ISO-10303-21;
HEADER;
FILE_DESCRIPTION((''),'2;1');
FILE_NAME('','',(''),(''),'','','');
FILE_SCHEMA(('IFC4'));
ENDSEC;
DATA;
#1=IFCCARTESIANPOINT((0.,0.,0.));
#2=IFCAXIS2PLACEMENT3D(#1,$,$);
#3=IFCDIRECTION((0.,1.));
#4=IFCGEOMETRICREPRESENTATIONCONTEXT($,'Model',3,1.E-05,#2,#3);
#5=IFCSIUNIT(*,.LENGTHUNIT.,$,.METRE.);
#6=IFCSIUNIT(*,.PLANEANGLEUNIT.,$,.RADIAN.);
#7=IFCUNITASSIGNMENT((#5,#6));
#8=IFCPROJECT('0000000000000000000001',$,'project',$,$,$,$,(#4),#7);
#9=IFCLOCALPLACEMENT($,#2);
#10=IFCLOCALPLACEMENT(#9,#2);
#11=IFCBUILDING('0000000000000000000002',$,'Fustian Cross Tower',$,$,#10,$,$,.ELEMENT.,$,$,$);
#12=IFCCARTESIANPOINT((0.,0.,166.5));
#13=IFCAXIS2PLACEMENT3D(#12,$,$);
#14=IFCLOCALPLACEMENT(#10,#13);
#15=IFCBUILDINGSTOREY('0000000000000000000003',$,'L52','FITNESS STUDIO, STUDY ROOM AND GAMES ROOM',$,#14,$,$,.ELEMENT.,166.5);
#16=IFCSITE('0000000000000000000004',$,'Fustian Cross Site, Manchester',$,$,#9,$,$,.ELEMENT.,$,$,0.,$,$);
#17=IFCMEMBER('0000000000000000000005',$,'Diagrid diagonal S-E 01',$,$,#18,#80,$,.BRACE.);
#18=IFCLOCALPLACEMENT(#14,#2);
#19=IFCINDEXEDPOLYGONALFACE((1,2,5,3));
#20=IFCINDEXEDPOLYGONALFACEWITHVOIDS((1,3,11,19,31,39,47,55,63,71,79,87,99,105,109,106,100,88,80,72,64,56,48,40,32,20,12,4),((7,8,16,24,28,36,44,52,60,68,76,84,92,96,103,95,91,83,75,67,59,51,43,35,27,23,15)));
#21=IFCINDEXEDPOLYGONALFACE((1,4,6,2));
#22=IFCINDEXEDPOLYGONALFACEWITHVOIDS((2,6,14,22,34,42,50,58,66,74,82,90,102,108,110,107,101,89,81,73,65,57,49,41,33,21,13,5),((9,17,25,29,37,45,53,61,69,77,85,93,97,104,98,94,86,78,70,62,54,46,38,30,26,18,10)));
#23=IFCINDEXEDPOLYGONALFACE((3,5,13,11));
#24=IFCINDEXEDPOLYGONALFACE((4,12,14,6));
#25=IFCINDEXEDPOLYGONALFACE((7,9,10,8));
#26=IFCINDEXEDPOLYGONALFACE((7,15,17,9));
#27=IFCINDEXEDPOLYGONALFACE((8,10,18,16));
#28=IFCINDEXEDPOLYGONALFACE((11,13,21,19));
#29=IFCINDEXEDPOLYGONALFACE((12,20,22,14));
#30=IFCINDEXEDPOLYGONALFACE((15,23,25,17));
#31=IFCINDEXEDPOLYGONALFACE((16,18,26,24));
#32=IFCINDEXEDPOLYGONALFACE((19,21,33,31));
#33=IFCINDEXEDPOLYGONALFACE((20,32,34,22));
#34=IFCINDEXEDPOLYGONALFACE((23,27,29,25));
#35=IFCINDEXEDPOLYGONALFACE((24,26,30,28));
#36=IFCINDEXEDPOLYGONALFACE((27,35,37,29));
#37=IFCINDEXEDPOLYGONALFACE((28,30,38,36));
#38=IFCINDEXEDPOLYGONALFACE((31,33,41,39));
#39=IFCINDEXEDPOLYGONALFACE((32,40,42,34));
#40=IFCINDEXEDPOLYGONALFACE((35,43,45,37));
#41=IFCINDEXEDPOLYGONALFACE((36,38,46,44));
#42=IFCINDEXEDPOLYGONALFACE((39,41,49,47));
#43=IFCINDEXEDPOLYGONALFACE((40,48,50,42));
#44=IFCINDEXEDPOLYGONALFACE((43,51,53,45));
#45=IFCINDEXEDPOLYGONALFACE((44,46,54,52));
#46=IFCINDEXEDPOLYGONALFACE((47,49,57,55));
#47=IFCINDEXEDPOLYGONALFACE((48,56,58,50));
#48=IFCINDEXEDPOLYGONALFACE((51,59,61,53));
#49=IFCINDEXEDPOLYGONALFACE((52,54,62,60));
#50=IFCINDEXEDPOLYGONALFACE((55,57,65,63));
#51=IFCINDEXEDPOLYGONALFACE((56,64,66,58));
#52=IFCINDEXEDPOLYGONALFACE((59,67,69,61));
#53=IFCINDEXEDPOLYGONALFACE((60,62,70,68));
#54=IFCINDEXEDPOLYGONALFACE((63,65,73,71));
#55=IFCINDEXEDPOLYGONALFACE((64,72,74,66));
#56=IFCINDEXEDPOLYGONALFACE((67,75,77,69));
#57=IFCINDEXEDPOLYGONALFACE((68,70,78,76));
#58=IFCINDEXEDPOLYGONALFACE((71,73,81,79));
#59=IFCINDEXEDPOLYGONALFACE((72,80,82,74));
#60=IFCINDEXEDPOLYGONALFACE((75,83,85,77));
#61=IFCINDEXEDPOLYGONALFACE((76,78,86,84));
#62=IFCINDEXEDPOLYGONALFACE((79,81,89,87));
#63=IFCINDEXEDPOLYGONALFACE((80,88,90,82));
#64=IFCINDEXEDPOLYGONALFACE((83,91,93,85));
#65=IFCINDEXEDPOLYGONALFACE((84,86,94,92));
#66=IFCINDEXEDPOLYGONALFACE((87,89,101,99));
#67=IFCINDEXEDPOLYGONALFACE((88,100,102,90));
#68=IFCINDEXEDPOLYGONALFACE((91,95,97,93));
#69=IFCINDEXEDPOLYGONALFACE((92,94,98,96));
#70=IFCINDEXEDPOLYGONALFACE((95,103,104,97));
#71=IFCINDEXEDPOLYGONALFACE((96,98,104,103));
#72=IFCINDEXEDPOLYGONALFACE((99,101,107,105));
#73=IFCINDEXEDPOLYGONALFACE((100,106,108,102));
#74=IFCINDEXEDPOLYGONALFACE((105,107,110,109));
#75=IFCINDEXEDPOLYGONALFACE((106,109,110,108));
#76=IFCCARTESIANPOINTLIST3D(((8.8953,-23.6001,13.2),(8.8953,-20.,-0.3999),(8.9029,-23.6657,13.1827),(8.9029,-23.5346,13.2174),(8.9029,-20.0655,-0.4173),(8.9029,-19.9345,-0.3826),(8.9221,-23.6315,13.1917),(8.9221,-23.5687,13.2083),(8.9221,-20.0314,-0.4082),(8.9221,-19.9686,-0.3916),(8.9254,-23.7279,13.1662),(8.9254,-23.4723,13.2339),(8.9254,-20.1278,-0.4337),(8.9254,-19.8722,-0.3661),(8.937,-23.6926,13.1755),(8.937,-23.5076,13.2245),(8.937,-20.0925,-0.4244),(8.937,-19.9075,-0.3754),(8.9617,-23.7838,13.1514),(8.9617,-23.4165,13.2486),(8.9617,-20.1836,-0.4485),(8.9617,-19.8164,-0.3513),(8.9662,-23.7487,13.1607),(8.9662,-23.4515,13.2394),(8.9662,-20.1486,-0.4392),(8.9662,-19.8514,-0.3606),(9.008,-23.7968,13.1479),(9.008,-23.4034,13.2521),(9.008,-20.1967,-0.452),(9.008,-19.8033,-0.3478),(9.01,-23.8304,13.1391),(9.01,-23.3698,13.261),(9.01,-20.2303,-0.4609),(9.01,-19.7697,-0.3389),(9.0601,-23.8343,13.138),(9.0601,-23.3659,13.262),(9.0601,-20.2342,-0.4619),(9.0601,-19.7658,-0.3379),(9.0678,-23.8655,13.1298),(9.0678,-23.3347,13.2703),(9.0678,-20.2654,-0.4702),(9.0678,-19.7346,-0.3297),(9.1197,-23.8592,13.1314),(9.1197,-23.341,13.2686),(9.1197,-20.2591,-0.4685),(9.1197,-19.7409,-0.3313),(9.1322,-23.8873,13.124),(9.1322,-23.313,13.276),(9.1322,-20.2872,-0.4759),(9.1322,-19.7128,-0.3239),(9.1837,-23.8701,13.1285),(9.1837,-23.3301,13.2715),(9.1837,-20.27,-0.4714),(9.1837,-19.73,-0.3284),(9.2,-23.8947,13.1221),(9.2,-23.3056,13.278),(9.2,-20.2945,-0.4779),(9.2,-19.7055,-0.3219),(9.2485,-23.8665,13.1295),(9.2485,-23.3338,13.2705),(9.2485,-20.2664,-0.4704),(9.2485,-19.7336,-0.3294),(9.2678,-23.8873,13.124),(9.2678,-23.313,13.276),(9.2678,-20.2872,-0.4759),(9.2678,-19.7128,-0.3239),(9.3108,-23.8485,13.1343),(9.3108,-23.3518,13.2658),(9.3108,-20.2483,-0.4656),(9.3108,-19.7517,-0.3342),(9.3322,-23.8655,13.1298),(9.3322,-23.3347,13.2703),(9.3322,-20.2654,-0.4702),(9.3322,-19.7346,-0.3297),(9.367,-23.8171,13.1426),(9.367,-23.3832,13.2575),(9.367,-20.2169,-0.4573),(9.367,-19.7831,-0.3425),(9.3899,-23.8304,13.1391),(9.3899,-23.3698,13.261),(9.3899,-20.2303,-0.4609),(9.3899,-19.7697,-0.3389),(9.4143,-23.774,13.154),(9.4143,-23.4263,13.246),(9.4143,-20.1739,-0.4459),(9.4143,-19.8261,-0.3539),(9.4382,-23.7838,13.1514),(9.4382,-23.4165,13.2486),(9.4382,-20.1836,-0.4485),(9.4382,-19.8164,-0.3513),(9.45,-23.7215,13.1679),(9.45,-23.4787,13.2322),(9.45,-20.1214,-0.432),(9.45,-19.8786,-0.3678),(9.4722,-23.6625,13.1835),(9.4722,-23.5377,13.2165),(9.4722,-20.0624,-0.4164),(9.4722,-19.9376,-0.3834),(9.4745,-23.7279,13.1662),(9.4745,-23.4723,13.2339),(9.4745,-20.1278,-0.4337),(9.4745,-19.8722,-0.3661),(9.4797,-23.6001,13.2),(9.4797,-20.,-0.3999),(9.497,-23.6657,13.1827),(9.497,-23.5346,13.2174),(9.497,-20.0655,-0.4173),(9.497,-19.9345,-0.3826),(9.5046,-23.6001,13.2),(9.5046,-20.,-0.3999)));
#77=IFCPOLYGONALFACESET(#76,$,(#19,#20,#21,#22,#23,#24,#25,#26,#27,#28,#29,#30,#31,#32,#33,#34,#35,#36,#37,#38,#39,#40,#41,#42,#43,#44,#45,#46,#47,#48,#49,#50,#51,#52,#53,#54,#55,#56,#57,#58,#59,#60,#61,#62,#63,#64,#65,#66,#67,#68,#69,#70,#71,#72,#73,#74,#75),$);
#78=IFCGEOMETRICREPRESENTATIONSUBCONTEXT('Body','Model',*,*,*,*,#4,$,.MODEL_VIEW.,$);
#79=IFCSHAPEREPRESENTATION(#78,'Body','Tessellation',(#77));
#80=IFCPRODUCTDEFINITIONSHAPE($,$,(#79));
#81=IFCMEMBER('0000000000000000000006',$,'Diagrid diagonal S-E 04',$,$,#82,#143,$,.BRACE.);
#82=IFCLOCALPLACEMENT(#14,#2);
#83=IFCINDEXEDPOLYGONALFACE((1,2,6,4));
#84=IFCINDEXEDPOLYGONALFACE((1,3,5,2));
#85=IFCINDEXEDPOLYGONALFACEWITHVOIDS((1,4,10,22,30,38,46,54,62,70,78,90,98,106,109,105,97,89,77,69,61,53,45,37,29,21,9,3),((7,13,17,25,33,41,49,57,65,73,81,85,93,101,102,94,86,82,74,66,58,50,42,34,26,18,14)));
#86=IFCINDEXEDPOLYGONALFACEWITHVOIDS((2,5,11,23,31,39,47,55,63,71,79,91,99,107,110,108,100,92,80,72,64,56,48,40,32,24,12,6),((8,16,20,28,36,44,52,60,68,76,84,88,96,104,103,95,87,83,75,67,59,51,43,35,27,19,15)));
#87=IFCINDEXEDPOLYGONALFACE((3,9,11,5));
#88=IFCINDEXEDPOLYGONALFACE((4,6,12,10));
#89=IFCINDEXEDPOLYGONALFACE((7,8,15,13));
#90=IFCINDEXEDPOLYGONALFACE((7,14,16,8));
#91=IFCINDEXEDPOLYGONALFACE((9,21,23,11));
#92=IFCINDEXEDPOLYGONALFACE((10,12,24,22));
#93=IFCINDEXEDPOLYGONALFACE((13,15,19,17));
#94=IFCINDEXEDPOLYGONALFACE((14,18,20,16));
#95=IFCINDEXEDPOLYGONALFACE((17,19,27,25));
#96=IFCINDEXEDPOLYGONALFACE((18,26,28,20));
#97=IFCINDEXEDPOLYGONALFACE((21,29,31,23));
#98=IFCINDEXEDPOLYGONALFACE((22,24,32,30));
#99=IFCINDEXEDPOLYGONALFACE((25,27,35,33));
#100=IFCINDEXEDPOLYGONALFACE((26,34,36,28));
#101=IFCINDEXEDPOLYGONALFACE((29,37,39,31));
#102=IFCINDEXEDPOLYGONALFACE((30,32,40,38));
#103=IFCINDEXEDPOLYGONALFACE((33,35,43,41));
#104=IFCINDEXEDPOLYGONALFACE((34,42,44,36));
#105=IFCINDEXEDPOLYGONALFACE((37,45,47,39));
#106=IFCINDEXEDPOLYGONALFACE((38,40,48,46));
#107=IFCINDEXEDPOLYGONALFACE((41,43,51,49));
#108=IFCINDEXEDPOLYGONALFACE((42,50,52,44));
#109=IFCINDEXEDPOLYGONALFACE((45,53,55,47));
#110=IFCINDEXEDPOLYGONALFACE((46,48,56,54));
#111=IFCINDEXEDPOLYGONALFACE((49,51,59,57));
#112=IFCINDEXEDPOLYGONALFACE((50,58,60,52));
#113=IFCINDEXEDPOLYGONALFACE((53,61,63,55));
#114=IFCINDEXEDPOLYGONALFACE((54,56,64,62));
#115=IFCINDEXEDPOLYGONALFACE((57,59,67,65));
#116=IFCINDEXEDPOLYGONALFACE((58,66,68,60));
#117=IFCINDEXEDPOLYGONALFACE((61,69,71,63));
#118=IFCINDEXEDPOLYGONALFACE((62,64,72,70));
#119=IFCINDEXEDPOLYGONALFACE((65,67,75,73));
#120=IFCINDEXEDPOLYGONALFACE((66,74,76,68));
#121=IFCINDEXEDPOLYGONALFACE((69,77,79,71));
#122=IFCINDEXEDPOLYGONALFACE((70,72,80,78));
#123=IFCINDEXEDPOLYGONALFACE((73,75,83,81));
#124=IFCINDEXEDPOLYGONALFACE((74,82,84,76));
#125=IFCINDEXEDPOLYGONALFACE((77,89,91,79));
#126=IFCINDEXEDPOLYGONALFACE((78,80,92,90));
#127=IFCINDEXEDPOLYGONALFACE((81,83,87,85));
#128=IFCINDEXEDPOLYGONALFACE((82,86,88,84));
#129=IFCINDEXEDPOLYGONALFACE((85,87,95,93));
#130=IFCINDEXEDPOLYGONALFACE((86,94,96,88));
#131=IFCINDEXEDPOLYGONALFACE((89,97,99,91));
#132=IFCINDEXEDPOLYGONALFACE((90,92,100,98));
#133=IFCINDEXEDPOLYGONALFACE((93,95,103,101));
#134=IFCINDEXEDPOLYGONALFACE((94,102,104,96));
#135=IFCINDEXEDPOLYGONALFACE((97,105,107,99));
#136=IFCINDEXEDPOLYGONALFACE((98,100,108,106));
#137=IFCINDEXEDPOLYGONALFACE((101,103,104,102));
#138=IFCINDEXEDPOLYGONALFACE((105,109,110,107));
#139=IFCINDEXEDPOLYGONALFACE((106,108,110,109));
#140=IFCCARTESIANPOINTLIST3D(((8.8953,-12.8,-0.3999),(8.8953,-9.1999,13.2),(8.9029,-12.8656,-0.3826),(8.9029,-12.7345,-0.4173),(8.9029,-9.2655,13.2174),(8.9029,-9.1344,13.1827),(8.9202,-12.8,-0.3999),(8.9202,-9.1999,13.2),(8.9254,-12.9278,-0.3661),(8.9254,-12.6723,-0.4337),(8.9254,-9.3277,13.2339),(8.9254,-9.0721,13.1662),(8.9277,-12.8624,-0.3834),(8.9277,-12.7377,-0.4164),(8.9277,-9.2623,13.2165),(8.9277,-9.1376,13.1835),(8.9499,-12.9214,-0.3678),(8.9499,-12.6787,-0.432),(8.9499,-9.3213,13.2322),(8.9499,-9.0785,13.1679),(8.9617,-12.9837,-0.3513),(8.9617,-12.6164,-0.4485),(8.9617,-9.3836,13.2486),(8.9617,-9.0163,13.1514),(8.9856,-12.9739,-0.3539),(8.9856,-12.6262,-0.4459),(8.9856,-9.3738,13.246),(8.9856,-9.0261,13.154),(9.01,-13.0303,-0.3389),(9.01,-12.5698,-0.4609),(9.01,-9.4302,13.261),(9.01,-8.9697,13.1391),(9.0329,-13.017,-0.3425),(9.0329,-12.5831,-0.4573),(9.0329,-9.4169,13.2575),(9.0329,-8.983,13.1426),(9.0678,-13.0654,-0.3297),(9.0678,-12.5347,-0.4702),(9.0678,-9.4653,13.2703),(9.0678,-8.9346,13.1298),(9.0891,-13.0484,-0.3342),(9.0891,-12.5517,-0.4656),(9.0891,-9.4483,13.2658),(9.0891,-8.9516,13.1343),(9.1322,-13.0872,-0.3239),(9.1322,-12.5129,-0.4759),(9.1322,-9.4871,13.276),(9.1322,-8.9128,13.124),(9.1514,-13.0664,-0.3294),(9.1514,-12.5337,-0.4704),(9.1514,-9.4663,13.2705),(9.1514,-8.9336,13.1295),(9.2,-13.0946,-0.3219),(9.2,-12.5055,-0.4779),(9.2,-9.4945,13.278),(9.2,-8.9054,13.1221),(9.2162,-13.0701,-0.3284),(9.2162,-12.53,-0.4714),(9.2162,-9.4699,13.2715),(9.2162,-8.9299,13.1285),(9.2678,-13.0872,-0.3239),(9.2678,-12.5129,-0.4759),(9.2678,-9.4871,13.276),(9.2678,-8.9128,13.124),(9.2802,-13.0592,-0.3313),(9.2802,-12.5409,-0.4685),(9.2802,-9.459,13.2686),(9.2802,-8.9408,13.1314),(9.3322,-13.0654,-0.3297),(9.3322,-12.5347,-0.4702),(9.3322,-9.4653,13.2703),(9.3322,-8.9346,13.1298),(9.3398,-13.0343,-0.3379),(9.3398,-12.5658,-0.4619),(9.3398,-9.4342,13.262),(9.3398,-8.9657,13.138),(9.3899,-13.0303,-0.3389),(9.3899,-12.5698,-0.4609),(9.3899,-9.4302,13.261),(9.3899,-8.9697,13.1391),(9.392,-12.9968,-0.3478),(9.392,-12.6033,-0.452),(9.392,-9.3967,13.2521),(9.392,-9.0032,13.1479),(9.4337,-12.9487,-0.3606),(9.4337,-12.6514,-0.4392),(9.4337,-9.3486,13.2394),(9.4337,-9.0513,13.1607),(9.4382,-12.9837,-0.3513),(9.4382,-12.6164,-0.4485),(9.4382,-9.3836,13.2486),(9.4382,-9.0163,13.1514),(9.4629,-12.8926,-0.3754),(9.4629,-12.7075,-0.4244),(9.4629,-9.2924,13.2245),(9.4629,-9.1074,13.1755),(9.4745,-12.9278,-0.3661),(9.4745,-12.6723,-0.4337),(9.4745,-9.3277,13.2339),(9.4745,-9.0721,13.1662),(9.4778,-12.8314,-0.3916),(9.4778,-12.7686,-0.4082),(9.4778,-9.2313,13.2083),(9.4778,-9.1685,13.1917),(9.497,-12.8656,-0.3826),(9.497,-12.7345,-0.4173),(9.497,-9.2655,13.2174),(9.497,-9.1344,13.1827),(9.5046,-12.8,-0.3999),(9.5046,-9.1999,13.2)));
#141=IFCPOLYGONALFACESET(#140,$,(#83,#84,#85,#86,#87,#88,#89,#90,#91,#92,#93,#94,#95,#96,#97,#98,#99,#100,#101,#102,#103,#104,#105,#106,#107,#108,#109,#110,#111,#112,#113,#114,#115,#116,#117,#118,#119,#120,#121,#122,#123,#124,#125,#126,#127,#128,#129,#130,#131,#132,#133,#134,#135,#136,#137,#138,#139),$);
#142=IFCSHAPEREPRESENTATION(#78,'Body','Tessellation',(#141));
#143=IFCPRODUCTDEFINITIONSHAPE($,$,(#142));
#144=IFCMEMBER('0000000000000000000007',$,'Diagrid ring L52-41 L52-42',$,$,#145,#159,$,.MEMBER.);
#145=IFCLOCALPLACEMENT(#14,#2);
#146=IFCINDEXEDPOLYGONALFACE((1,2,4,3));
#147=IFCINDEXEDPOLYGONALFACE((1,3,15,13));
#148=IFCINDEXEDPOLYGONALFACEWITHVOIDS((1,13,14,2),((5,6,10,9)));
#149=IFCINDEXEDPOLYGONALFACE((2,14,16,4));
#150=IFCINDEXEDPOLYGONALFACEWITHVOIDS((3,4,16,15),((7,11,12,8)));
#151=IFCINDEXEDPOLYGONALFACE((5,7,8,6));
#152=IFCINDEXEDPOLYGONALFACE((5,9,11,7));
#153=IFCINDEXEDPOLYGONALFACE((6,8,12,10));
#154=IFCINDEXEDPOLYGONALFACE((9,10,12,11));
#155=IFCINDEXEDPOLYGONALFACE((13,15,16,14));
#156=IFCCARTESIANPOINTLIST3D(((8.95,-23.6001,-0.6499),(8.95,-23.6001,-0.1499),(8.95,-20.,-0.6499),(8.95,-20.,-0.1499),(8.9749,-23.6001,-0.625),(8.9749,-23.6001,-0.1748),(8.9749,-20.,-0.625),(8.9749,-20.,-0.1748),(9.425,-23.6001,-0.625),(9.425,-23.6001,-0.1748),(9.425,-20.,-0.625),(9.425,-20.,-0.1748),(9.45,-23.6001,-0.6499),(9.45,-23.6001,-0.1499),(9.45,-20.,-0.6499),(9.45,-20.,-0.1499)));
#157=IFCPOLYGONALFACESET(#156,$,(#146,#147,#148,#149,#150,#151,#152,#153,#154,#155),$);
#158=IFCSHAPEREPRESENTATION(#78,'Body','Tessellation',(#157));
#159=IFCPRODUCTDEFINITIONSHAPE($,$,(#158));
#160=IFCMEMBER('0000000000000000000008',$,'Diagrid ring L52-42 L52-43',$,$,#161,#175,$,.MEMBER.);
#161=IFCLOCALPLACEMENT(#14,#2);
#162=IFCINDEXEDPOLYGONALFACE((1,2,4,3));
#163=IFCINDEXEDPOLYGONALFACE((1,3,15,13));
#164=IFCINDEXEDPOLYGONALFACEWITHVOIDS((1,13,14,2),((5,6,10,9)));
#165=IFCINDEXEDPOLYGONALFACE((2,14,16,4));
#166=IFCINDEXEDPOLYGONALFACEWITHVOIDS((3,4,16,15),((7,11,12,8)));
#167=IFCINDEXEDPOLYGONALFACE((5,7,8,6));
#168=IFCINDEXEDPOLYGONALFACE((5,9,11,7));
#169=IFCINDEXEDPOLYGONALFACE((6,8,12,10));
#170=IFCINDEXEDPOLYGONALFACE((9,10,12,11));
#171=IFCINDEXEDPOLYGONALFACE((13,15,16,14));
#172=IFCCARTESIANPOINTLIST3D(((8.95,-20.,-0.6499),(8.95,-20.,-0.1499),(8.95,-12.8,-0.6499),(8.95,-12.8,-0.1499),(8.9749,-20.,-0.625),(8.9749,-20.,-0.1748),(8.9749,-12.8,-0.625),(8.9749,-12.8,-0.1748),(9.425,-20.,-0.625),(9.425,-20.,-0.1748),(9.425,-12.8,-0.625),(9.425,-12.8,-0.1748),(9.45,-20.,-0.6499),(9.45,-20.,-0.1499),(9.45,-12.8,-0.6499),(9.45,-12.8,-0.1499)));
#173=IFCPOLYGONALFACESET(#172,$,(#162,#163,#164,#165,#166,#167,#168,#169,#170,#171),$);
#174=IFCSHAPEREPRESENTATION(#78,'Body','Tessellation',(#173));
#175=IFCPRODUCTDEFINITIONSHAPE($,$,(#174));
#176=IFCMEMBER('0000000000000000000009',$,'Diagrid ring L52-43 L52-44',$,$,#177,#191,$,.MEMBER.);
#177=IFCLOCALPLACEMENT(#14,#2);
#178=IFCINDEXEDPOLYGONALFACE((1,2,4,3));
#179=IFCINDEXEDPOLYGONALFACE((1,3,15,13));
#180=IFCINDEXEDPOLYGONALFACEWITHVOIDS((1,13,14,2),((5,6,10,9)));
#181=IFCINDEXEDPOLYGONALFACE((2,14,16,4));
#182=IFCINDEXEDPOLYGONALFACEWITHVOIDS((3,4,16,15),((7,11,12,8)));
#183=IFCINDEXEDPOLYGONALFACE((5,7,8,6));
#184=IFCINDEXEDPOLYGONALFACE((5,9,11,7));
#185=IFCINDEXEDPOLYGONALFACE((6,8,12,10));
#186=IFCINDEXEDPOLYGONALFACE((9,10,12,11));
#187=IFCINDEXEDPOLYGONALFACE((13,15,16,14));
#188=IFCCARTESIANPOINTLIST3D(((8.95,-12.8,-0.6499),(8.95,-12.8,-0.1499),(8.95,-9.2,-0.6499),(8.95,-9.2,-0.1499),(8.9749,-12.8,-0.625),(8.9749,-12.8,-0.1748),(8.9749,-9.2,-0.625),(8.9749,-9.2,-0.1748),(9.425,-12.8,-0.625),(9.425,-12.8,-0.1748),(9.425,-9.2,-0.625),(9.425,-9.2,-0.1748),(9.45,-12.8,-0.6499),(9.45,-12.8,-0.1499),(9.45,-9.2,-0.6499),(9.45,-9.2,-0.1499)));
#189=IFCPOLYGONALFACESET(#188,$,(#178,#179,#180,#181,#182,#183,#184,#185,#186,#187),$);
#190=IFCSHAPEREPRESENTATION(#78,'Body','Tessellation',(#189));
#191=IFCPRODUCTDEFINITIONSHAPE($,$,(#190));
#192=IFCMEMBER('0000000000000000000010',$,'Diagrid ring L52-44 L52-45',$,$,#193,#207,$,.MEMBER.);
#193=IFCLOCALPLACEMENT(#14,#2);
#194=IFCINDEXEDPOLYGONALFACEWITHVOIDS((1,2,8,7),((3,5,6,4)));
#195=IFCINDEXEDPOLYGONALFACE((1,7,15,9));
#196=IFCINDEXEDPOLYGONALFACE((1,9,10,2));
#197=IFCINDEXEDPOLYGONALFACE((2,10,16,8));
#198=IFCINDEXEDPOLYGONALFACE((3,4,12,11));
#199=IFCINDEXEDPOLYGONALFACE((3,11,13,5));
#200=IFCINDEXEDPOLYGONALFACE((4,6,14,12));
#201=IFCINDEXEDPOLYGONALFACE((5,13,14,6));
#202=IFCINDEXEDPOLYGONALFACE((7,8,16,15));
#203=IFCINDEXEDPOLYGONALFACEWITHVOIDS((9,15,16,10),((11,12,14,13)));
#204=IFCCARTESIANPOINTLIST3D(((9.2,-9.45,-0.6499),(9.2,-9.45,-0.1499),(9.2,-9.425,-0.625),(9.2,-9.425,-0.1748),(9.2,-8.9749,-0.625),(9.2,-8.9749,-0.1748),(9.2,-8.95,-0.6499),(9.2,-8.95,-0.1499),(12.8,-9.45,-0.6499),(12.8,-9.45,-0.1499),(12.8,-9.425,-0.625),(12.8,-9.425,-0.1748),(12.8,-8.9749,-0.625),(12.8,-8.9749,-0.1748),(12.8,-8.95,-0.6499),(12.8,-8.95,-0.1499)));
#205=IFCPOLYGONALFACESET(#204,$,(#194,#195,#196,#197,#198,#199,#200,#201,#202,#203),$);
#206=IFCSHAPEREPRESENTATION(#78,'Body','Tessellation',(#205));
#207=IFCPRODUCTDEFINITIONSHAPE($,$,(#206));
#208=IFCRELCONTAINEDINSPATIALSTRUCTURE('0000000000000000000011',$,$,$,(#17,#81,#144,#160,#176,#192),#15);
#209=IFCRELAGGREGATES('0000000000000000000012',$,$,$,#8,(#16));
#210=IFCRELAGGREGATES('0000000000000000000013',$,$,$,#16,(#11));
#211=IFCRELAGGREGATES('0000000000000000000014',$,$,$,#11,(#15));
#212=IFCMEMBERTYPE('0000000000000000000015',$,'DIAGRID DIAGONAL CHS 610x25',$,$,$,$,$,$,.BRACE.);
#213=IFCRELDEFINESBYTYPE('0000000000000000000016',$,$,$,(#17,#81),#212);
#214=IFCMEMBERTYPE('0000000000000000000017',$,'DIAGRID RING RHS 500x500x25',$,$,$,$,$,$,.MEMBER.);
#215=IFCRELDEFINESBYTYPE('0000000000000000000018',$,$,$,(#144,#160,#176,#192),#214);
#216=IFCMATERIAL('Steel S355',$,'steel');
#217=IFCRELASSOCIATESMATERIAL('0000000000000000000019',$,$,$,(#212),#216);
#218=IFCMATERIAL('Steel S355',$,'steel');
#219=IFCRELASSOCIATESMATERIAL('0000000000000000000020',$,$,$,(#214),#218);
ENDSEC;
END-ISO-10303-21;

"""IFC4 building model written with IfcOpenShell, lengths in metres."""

from ifc_helpers import new_model, si_unit, direction, frame, origin, origin_2d, place, context, subcontext, project, spatial, hollow_rectangle, hollow_circle, extrude, material, material_profile, profile_set, type_object, element, save


model = new_model("IFC4")

# Units and contexts
model_context = context("Model", 3, precision=1e-05, world=origin(), true_north=direction((0.0, 1.0)))
body_context = subcontext(model_context, "Body", "Model", "MODEL_VIEW")
ifc_project = project(units=[si_unit("LENGTHUNIT", "METRE"), si_unit("PLANEANGLEUNIT", "RADIAN")], contexts=[model_context])

# Site, building, storey
site_placement = place(None, origin())
site = spatial("IfcSite", under=ifc_project, at=site_placement, Name="Fustian Cross Site, Manchester", CompositionType="ELEMENT", RefElevation=0.0)
building_placement = place(site_placement, origin())
building = spatial("IfcBuilding", under=site, at=building_placement, Name="Fustian Cross Tower", CompositionType="ELEMENT")
storey_placement = place(building_placement, frame((0.0, 0.0, 166.5)))
storey = spatial("IfcBuildingStorey", under=building, at=storey_placement, Name="L52", Description="FITNESS STUDIO, STUDY ROOM AND GAMES ROOM", CompositionType="ELEMENT", Elevation=166.5)

# Members
ifc_material_1 = material(Name="Steel S355", Category="steel")
ifc_material_profile_1 = material_profile(ifc_material_1, hollow_circle(Radius=0.3047, WallThickness=0.0249, at=origin_2d()), Name="CHS 610x25")
ifc_profile_set_1 = profile_set([ifc_material_profile_1], Name="Steel S355")
member_type_1 = type_object("IfcMemberType", Name="DIAGRID DIAGONAL CHS 610x25", PredefinedType="BRACE", material=ifc_profile_set_1)
for number, where, z_axis, x_axis, name in (
    (1, (9.2, -20.0, -0.3999), (0.0, -0.255902, 0.966703), (1.0, 0.0, 0.0), "Diagrid diagonal S-E 01"),
    (2, (9.2, -12.8, -0.3999), (0.0, 0.255902, 0.966703), (-1.0, 0.0, 0.0), "Diagrid diagonal S-E 04"),
):
    element("IfcMember", number, at=place(storey_placement, frame(where, z_axis=z_axis, x_axis=x_axis)), inside=storey, type_object=member_type_1, Name=name, PredefinedType="BRACE", context=body_context, shape_type="SweptSolid", body=[
        extrude(hollow_circle(Radius=0.3047, WallThickness=0.0249, at=origin_2d()), origin(), (0.0, 0.0, 1.0), 14.0684),
    ])
ifc_material_2 = material(Name="Steel S355", Category="steel")
ifc_material_profile_2 = material_profile(ifc_material_2, hollow_rectangle(XDim=0.5, YDim=0.5, WallThickness=0.0249, at=origin_2d()), Name="RHS 500x500x25")
ifc_profile_set_2 = profile_set([ifc_material_profile_2], Name="Steel S355")
member_type_2 = type_object("IfcMemberType", Name="DIAGRID RING RHS 500x500x25", PredefinedType="MEMBER", material=ifc_profile_set_2)
member_1_placement = place(storey_placement, frame((9.2, -23.6001, -0.3999), z_axis=(0.0, 1.0, 0.0), x_axis=(-1.0, 0.0, 0.0)))
element("IfcMember", 3, at=member_1_placement, inside=storey, type_object=member_type_2, Name="Diagrid ring L52-41 L52-42", PredefinedType="MEMBER", context=body_context, shape_type="SweptSolid", body=[
    extrude(hollow_rectangle(XDim=0.5, YDim=0.5, WallThickness=0.0249, at=origin_2d()), origin(), (0.0, 0.0, 1.0), 3.6001),
])
member_2_placement = place(storey_placement, frame((9.2, -20.0, -0.3999), z_axis=(0.0, 1.0, 0.0), x_axis=(-1.0, 0.0, 0.0)))
element("IfcMember", 4, at=member_2_placement, inside=storey, type_object=member_type_2, Name="Diagrid ring L52-42 L52-43", PredefinedType="MEMBER", context=body_context, shape_type="SweptSolid", body=[
    extrude(hollow_rectangle(XDim=0.5, YDim=0.5, WallThickness=0.0249, at=origin_2d()), origin(), (0.0, 0.0, 1.0), 7.2),
])
for number, where, z_axis, x_axis, name in (
    (5, (9.2, -12.8, -0.3999), (0.0, 1.0, 0.0), (-1.0, 0.0, 0.0), "Diagrid ring L52-43 L52-44"),
    (6, (9.2, -9.2, -0.3999), (1.0, 0.0, 0.0), (0.0, 1.0, 0.0), "Diagrid ring L52-44 L52-45"),
):
    element("IfcMember", number, at=place(storey_placement, frame(where, z_axis=z_axis, x_axis=x_axis)), inside=storey, type_object=member_type_2, Name=name, PredefinedType="MEMBER", context=body_context, shape_type="SweptSolid", body=[
        extrude(hollow_rectangle(XDim=0.5, YDim=0.5, WallThickness=0.0249, at=origin_2d()), origin(), (0.0, 0.0, 1.0), 3.6001),
    ])

save(model, "model.ifc")
